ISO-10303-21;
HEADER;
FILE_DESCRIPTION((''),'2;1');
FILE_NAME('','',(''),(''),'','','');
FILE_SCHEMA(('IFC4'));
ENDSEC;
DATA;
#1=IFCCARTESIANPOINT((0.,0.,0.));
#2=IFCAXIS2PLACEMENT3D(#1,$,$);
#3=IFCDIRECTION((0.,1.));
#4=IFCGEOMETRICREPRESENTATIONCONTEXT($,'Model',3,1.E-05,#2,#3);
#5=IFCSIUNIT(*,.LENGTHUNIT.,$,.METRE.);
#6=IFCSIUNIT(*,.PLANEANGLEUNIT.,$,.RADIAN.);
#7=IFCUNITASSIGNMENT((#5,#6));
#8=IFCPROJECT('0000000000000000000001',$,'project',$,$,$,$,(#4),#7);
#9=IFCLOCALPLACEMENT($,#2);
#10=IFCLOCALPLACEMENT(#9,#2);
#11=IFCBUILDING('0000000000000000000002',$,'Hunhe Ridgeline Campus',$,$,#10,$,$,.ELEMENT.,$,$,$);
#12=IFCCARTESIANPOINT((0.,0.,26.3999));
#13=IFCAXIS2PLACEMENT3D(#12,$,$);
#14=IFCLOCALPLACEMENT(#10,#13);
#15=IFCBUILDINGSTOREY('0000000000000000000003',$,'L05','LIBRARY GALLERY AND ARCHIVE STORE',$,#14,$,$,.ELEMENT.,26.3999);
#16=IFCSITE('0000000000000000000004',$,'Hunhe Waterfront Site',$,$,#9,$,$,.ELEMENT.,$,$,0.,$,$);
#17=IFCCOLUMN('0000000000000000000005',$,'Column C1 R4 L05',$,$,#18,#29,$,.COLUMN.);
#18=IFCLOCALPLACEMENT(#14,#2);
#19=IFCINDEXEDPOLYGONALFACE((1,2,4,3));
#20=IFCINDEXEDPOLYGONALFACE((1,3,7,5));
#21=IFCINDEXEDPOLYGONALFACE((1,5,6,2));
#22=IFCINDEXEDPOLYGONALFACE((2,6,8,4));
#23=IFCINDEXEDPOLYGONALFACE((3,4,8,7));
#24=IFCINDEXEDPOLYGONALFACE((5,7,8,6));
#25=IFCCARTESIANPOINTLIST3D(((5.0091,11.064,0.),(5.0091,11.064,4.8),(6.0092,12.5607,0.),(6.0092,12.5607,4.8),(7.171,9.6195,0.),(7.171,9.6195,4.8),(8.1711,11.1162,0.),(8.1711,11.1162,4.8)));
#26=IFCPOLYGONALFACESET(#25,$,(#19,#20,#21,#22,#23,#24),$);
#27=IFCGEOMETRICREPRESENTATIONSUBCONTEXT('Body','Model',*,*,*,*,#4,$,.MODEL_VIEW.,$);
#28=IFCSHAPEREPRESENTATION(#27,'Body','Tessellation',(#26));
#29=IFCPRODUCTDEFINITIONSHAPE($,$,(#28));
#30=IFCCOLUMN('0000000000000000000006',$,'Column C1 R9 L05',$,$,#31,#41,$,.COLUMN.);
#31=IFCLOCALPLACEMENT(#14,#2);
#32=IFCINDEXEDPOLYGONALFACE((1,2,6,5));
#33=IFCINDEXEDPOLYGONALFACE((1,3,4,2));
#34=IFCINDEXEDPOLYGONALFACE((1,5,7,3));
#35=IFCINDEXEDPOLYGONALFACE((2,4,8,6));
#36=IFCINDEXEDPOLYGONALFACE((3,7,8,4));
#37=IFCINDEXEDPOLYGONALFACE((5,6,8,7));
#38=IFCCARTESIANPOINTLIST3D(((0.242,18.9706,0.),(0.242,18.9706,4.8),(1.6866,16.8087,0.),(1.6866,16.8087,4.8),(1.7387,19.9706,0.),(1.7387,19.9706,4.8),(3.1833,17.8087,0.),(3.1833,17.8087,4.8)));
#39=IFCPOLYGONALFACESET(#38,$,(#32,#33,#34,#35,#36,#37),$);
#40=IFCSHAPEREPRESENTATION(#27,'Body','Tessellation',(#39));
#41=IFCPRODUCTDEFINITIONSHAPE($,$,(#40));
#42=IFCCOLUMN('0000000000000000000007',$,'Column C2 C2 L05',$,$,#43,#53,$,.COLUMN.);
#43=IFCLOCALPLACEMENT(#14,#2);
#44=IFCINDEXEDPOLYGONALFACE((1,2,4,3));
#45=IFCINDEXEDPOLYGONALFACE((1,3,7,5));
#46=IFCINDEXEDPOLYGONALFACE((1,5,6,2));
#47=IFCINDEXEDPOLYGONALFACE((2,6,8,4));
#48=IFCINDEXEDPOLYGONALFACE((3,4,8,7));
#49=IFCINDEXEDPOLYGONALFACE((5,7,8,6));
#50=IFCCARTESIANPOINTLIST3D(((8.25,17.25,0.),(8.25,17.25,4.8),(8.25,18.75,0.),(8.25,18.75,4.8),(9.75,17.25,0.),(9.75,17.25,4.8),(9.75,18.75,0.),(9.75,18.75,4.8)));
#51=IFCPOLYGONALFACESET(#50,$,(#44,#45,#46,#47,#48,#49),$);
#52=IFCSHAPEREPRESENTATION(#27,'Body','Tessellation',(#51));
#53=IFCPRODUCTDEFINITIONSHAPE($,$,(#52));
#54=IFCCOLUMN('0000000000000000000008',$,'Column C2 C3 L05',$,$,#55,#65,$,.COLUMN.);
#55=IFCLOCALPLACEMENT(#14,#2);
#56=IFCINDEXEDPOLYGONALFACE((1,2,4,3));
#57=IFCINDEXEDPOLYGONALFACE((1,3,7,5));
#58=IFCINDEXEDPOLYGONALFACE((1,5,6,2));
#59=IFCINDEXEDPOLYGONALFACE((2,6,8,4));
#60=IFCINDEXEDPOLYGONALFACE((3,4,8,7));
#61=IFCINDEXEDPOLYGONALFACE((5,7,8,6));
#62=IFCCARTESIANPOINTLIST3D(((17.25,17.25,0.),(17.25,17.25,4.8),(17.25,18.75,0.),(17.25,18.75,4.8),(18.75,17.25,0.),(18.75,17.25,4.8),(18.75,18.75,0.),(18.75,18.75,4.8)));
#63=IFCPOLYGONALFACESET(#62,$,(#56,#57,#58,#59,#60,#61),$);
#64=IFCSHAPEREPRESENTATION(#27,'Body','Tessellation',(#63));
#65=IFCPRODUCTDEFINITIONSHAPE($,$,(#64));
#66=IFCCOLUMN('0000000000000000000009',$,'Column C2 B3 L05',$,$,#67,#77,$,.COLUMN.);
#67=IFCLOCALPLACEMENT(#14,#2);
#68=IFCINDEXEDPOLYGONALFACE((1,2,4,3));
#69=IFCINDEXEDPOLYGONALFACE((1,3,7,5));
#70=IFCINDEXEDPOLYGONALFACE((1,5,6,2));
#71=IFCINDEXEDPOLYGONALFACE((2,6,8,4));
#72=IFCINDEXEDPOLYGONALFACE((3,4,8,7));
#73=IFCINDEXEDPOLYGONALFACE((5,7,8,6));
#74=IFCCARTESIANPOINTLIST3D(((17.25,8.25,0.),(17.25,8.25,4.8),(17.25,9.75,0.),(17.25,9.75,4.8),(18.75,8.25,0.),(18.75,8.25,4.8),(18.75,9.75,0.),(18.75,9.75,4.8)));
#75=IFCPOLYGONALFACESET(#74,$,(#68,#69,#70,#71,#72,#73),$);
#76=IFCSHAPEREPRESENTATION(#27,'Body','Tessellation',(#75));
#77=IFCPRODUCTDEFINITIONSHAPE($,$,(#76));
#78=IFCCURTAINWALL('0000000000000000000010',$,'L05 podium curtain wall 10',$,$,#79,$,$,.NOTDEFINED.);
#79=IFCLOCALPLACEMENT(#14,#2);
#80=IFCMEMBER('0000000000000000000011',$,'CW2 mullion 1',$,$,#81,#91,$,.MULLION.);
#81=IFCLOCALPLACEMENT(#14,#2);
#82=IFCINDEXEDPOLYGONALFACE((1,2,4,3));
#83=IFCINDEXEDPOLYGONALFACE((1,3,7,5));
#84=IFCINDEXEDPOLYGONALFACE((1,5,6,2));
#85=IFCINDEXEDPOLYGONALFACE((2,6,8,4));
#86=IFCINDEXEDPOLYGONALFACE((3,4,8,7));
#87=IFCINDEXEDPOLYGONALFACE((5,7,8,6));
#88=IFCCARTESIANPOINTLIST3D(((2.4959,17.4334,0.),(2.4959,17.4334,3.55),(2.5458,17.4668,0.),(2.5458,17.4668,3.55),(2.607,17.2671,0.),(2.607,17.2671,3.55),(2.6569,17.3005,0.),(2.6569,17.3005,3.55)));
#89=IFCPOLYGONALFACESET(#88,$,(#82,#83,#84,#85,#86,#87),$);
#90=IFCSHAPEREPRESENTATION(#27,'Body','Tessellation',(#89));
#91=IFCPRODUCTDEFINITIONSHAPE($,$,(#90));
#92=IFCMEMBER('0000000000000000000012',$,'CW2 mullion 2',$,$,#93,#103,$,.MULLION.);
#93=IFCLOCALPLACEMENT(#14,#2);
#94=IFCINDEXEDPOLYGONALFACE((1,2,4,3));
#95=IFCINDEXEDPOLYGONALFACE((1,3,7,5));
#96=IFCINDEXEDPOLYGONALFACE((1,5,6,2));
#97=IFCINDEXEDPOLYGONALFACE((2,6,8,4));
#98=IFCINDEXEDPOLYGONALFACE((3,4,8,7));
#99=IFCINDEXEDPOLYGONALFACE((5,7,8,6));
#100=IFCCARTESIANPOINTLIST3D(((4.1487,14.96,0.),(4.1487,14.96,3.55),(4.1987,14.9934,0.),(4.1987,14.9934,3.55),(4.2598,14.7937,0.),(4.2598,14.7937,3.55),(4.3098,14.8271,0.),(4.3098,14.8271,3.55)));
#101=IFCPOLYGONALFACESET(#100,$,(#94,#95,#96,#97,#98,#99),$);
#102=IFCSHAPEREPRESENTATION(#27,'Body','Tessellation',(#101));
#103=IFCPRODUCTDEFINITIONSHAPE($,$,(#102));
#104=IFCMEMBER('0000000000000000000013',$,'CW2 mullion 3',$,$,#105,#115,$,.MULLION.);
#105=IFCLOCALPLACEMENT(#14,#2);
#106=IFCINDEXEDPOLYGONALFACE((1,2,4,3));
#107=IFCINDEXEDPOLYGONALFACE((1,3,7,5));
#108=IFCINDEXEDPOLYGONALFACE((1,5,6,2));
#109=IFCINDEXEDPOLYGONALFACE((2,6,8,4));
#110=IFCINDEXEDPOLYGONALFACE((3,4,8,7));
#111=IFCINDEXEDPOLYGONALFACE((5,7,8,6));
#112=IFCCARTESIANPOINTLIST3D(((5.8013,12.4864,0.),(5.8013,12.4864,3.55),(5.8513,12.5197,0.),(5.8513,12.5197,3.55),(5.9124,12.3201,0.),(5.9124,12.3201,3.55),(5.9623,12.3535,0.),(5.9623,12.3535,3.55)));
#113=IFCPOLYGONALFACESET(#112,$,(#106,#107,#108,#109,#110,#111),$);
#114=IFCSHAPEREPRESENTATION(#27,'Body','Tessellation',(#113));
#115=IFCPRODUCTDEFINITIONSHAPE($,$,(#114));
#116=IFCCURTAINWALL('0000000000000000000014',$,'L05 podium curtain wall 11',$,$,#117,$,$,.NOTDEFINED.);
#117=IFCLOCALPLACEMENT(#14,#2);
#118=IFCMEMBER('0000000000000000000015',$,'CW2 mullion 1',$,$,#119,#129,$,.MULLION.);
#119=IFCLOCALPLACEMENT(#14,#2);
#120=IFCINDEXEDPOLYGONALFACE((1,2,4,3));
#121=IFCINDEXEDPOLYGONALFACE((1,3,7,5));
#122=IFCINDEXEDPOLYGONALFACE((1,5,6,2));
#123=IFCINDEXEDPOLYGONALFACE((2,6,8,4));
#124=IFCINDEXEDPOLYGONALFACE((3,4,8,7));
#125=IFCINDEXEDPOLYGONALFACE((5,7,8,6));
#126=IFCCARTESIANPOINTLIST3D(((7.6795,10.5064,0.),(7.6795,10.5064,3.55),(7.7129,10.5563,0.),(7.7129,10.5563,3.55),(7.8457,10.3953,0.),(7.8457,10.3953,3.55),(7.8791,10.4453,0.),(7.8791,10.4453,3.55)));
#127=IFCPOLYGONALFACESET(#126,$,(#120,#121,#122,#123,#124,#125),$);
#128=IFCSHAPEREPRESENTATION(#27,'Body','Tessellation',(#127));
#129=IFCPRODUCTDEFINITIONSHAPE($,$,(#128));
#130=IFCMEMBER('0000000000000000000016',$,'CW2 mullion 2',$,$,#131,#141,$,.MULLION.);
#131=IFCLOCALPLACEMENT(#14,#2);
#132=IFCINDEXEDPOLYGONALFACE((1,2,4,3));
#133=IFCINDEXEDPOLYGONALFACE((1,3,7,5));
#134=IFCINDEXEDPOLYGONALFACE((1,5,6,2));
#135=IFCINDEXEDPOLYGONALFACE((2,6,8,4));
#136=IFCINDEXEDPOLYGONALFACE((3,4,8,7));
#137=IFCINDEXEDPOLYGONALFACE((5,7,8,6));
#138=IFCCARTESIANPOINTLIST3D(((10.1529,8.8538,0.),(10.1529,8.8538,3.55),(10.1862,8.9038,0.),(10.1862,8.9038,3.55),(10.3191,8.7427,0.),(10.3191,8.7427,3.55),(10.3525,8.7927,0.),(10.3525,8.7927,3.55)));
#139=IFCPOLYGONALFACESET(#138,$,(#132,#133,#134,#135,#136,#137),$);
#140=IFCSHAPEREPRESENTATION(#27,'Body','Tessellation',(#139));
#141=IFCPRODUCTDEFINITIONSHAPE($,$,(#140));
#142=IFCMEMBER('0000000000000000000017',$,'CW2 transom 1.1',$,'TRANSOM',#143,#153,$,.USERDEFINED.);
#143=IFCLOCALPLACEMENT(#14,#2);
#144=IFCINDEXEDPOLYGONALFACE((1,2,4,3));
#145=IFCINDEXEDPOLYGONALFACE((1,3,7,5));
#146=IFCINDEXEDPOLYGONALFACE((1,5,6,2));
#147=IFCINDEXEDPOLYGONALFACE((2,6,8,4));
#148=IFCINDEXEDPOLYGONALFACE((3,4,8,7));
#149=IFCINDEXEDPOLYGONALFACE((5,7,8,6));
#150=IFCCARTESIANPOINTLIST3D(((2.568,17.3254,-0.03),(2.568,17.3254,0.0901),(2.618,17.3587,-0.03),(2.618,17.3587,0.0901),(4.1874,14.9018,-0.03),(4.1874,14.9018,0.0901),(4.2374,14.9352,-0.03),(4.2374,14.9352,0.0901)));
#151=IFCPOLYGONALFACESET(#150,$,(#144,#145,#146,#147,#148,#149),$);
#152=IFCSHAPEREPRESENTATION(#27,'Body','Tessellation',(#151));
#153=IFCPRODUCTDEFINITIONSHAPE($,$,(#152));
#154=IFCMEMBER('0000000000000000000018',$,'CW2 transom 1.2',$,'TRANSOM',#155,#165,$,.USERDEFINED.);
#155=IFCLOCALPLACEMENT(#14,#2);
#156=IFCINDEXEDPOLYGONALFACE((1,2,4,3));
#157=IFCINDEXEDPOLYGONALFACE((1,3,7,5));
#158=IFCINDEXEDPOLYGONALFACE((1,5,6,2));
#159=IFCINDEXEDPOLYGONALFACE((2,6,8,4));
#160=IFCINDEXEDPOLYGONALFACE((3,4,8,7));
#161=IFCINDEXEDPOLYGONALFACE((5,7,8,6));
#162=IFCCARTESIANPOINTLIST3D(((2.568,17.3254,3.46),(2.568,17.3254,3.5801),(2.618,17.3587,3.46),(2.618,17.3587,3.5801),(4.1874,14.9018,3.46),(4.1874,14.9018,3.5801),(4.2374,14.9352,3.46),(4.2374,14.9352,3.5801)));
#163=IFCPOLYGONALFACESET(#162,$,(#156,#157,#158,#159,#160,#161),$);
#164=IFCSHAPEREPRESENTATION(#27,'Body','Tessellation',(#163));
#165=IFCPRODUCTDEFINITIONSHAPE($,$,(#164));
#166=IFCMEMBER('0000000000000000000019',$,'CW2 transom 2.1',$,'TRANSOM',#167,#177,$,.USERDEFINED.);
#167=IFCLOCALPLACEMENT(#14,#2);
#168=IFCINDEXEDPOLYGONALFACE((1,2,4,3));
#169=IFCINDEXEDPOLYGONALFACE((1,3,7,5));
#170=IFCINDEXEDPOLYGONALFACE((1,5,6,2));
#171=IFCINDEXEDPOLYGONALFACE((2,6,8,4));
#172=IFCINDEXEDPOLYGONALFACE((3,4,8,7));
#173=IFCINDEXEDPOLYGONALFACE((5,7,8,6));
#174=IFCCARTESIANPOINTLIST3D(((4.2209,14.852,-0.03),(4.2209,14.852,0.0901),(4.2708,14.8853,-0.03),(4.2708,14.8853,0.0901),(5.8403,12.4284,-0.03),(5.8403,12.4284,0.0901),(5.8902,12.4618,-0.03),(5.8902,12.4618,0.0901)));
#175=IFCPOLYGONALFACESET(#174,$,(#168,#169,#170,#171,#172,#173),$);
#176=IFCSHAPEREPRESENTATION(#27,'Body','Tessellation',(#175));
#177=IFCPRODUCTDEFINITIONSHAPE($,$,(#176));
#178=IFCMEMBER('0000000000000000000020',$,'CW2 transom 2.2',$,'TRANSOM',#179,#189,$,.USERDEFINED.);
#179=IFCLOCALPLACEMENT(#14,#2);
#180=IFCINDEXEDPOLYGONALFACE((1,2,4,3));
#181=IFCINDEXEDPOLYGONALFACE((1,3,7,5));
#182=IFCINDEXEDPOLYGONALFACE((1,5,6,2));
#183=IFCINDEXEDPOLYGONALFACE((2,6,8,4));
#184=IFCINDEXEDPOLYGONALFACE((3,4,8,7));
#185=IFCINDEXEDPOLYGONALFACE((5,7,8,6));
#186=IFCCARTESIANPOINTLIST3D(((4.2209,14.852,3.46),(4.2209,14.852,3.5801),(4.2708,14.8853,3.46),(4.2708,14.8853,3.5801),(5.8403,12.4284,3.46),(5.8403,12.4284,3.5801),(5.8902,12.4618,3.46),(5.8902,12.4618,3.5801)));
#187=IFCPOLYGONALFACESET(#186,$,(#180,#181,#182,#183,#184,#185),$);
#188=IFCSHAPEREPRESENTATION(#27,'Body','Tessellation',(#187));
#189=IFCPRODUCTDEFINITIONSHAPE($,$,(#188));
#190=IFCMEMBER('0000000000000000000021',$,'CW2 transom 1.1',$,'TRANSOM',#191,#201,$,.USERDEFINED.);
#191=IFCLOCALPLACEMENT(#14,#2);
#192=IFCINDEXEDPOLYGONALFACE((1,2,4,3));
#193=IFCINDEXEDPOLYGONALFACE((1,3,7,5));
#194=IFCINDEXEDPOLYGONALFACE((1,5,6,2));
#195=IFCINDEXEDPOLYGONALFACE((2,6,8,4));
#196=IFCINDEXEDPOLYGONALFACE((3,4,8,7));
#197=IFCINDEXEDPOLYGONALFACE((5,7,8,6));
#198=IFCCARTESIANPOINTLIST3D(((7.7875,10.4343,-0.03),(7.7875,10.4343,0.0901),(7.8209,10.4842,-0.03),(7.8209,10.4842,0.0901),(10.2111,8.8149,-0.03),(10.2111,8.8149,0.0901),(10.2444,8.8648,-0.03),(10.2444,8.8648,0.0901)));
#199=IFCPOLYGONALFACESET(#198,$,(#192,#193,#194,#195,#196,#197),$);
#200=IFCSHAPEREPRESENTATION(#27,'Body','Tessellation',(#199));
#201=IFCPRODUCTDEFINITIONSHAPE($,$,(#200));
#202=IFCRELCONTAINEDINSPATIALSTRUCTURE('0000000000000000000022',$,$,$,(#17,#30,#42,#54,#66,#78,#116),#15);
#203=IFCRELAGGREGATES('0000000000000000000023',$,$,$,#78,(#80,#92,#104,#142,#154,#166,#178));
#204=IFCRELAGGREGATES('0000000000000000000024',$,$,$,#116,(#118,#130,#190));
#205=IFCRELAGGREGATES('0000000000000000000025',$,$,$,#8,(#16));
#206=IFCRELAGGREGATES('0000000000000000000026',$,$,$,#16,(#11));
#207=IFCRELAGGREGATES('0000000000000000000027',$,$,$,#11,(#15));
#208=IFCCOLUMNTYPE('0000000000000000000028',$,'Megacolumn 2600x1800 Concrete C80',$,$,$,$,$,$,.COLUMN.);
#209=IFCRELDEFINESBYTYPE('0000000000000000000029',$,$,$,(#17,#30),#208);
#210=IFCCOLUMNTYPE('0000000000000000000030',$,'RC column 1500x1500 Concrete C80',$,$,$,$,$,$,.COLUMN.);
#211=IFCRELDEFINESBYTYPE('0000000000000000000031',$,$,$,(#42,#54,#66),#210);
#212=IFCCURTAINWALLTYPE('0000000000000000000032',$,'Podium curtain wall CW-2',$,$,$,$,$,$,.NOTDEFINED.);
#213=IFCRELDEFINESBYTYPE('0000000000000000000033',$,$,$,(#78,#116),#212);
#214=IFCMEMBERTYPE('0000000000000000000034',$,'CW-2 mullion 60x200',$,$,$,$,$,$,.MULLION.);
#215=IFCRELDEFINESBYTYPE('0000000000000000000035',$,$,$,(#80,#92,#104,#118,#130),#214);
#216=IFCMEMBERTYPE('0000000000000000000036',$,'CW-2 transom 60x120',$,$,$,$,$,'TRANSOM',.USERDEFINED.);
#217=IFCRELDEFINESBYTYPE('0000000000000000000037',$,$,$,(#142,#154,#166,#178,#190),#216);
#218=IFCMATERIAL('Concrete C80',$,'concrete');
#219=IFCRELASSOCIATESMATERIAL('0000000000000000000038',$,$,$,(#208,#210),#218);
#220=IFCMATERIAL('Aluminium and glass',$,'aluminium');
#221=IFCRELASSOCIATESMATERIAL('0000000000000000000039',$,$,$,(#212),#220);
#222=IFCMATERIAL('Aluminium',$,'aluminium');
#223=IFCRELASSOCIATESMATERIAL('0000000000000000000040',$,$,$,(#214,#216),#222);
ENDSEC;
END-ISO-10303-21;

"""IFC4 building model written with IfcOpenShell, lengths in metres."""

from ifc_helpers import new_model, si_unit, direction, frame, origin, origin_2d, place, context, subcontext, project, spatial, rectangle, extrude, material, material_profile, profile_set, type_object, element, aggregate, save


model = new_model("IFC4")

# Units and contexts
model_context = context("Model", 3, precision=1e-05, world=origin(), true_north=direction((0.0, 1.0)))
body_context = subcontext(model_context, "Body", "Model", "MODEL_VIEW")
ifc_project = project(units=[si_unit("LENGTHUNIT", "METRE"), si_unit("PLANEANGLEUNIT", "RADIAN")], contexts=[model_context])

# Site, building, storey
site_placement = place(None, origin())
site = spatial("IfcSite", under=ifc_project, at=site_placement, Name="Hunhe Waterfront Site", CompositionType="ELEMENT", RefElevation=0.0)
building_placement = place(site_placement, origin())
building = spatial("IfcBuilding", under=site, at=building_placement, Name="Hunhe Ridgeline Campus", CompositionType="ELEMENT")
storey_placement = place(building_placement, frame((0.0, 0.0, 26.3999)))
storey = spatial("IfcBuildingStorey", under=building, at=storey_placement, Name="L05", Description="LIBRARY GALLERY AND ARCHIVE STORE", CompositionType="ELEMENT", Elevation=26.3999)

# Columns
ifc_material_1 = material(Name="Concrete C80", Category="concrete")
ifc_material_profile_1 = material_profile(ifc_material_1, rectangle(XDim=2.6001, YDim=1.8, at=origin_2d()))
ifc_profile_set_1 = profile_set([ifc_material_profile_1], Name="Concrete C80")
column_type_1 = type_object("IfcColumnType", Name="Megacolumn 2600x1800 Concrete C80", PredefinedType="COLUMN", material=ifc_profile_set_1)
for number, where, z_axis, x_axis, name in (
    (1, (6.5901, 11.0901, 0.0), (0.0, 0.0, 1.0), (-0.83147, 0.55557, 0.0), "Column C1 R4 L05"),
    (2, (1.7126, 18.3896, 0.0), (0.0, 0.0, 1.0), (-0.55557, 0.83147, 0.0), "Column C1 R9 L05"),
):
    element("IfcColumn", number, at=place(storey_placement, frame(where, z_axis=z_axis, x_axis=x_axis)), inside=storey, type_object=column_type_1, Name=name, PredefinedType="COLUMN", context=body_context, shape_type="SweptSolid", body=[
        extrude(rectangle(XDim=2.6001, YDim=1.8, at=origin_2d()), origin(), (0.0, 0.0, 1.0), 4.8),
    ])
ifc_material_profile_2 = material_profile(ifc_material_1, rectangle(XDim=1.5, YDim=1.5, at=origin_2d()))
ifc_profile_set_2 = profile_set([ifc_material_profile_2], Name="Concrete C80")
column_type_2 = type_object("IfcColumnType", Name="RC column 1500x1500 Concrete C80", PredefinedType="COLUMN", material=ifc_profile_set_2)
for number, where, z_axis, x_axis, name in (
    (3, (9.0, 18.0, 0.0), (0.0, 0.0, 1.0), (1.0, 0.0, 0.0), "Column C2 C2 L05"),
    (4, (18.0, 18.0, 0.0), (0.0, 0.0, 1.0), (1.0, 0.0, 0.0), "Column C2 C3 L05"),
    (5, (18.0, 9.0, 0.0), (0.0, 0.0, 1.0), (1.0, 0.0, 0.0), "Column C2 B3 L05"),
):
    element("IfcColumn", number, at=place(storey_placement, frame(where, z_axis=z_axis, x_axis=x_axis)), inside=storey, type_object=column_type_2, Name=name, PredefinedType="COLUMN", context=body_context, shape_type="SweptSolid", body=[
        extrude(rectangle(XDim=1.5, YDim=1.5, at=origin_2d()), origin(), (0.0, 0.0, 1.0), 4.8),
    ])

# Curtain walls, members
ifc_material_2 = material(Name="Aluminium and glass", Category="aluminium")
curtain_wall_type = type_object("IfcCurtainWallType", Name="Podium curtain wall CW-2", PredefinedType="NOTDEFINED", material=ifc_material_2)
curtain_wall_1_placement = place(storey_placement, origin())
curtain_wall_1 = element("IfcCurtainWall", 6, at=curtain_wall_1_placement, inside=storey, type_object=curtain_wall_type, Name="L05 podium curtain wall 10", PredefinedType="NOTDEFINED")
ifc_material_3 = material(Name="Aluminium", Category="aluminium")
ifc_material_profile_3 = material_profile(ifc_material_3, rectangle(XDim=0.0601, YDim=0.2, at=origin_2d()))
ifc_profile_set_3 = profile_set([ifc_material_profile_3], Name="Aluminium")
member_type_1 = type_object("IfcMemberType", Name="CW-2 mullion 60x200", PredefinedType="MULLION", material=ifc_profile_set_3)
member_1_placement = place(storey_placement, frame((2.5764, 17.3669, 0.0), z_axis=(0.0, 0.0, 1.0), x_axis=(0.831464, 0.555579, 0.0)))
member_1 = element("IfcMember", 7, at=member_1_placement, type_object=member_type_1, Name="CW2 mullion 1", PredefinedType="MULLION", context=body_context, shape_type="SweptSolid", body=[
    extrude(rectangle(XDim=0.0601, YDim=0.2, at=origin_2d()), origin(), (0.0, 0.0, 1.0), 3.55),
])
member_2_placement = place(storey_placement, frame((4.2292, 14.8936, 0.0), z_axis=(0.0, 0.0, 1.0), x_axis=(0.831464, 0.555579, 0.0)))
member_2 = element("IfcMember", 8, at=member_2_placement, type_object=member_type_1, Name="CW2 mullion 2", PredefinedType="MULLION", context=body_context, shape_type="SweptSolid", body=[
    extrude(rectangle(XDim=0.0601, YDim=0.2, at=origin_2d()), origin(), (0.0, 0.0, 1.0), 3.55),
])
member_3_placement = place(storey_placement, frame((5.8818, 12.4199, 0.0), z_axis=(0.0, 0.0, 1.0), x_axis=(0.831464, 0.555579, 0.0)))
member_3 = element("IfcMember", 9, at=member_3_placement, type_object=member_type_1, Name="CW2 mullion 3", PredefinedType="MULLION", context=body_context, shape_type="SweptSolid", body=[
    extrude(rectangle(XDim=0.0601, YDim=0.2, at=origin_2d()), origin(), (0.0, 0.0, 1.0), 3.55),
])
curtain_wall_2_placement = place(storey_placement, origin())
curtain_wall_2 = element("IfcCurtainWall", 10, at=curtain_wall_2_placement, inside=storey, type_object=curtain_wall_type, Name="L05 podium curtain wall 11", PredefinedType="NOTDEFINED")
member_4_placement = place(storey_placement, frame((7.7793, 10.4758, 0.0), z_axis=(0.0, 0.0, 1.0), x_axis=(0.555572, 0.831469, 0.0)))
member_4 = element("IfcMember", 11, at=member_4_placement, type_object=member_type_1, Name="CW2 mullion 1", PredefinedType="MULLION", context=body_context, shape_type="SweptSolid", body=[
    extrude(rectangle(XDim=0.0601, YDim=0.2, at=origin_2d()), origin(), (0.0, 0.0, 1.0), 3.55),
])
member_5_placement = place(storey_placement, frame((10.2527, 8.8232, 0.0), z_axis=(0.0, 0.0, 1.0), x_axis=(0.555572, 0.831469, 0.0)))
member_5 = element("IfcMember", 12, at=member_5_placement, type_object=member_type_1, Name="CW2 mullion 2", PredefinedType="MULLION", context=body_context, shape_type="SweptSolid", body=[
    extrude(rectangle(XDim=0.0601, YDim=0.2, at=origin_2d()), origin(), (0.0, 0.0, 1.0), 3.55),
])

# Members
ifc_material_profile_4 = material_profile(ifc_material_3, rectangle(XDim=0.0601, YDim=0.1201, at=origin_2d()))
ifc_profile_set_4 = profile_set([ifc_material_profile_4], Name="Aluminium")
member_type_2 = type_object("IfcMemberType", Name="CW-2 transom 60x120", ElementType="TRANSOM", PredefinedType="USERDEFINED", material=ifc_profile_set_4)
member_6_placement = place(storey_placement, frame((2.593, 17.342, 0.03), z_axis=(0.55557, -0.83147, 0.0), x_axis=(0.83147, 0.55557, 0.0)))
member_6 = element("IfcMember", 13, at=member_6_placement, type_object=member_type_2, Name="CW2 transom 1.1", ObjectType="TRANSOM", PredefinedType="USERDEFINED", context=body_context, shape_type="SweptSolid", body=[
    extrude(rectangle(XDim=0.0601, YDim=0.1201, at=origin_2d()), origin(), (0.0, 0.0, 1.0), 2.9148),
])
member_7_placement = place(storey_placement, frame((2.593, 17.342, 3.52), z_axis=(0.55557, -0.83147, 0.0), x_axis=(0.83147, 0.55557, 0.0)))
member_7 = element("IfcMember", 14, at=member_7_placement, type_object=member_type_2, Name="CW2 transom 1.2", ObjectType="TRANSOM", PredefinedType="USERDEFINED", context=body_context, shape_type="SweptSolid", body=[
    extrude(rectangle(XDim=0.0601, YDim=0.1201, at=origin_2d()), origin(), (0.0, 0.0, 1.0), 2.9148),
])
member_8_placement = place(storey_placement, frame((4.2458, 14.8687, 0.03), z_axis=(0.55557, -0.83147, 0.0), x_axis=(0.83147, 0.55557, 0.0)))
member_8 = element("IfcMember", 15, at=member_8_placement, type_object=member_type_2, Name="CW2 transom 2.1", ObjectType="TRANSOM", PredefinedType="USERDEFINED", context=body_context, shape_type="SweptSolid", body=[
    extrude(rectangle(XDim=0.0601, YDim=0.1201, at=origin_2d()), origin(), (0.0, 0.0, 1.0), 2.9148),
])
member_9_placement = place(storey_placement, frame((4.2458, 14.8687, 3.52), z_axis=(0.55557, -0.83147, 0.0), x_axis=(0.83147, 0.55557, 0.0)))
member_9 = element("IfcMember", 16, at=member_9_placement, type_object=member_type_2, Name="CW2 transom 2.2", ObjectType="TRANSOM", PredefinedType="USERDEFINED", context=body_context, shape_type="SweptSolid", body=[
    extrude(rectangle(XDim=0.0601, YDim=0.1201, at=origin_2d()), origin(), (0.0, 0.0, 1.0), 2.9148),
])
member_10_placement = place(storey_placement, frame((7.8042, 10.4592, 0.03), z_axis=(0.83147, -0.55557, 0.0), x_axis=(0.55557, 0.83147, 0.0)))
member_10 = element("IfcMember", 17, at=member_10_placement, type_object=member_type_2, Name="CW2 transom 1.1", ObjectType="TRANSOM", PredefinedType="USERDEFINED", context=body_context, shape_type="SweptSolid", body=[
    extrude(rectangle(XDim=0.0601, YDim=0.1201, at=origin_2d()), origin(), (0.0, 0.0, 1.0), 2.9148),
])

aggregate(curtain_wall_1, [member_1, member_2, member_3, member_6, member_7, member_8, member_9])
aggregate(curtain_wall_2, [member_4, member_5, member_10])

save(model, "model.ifc")
